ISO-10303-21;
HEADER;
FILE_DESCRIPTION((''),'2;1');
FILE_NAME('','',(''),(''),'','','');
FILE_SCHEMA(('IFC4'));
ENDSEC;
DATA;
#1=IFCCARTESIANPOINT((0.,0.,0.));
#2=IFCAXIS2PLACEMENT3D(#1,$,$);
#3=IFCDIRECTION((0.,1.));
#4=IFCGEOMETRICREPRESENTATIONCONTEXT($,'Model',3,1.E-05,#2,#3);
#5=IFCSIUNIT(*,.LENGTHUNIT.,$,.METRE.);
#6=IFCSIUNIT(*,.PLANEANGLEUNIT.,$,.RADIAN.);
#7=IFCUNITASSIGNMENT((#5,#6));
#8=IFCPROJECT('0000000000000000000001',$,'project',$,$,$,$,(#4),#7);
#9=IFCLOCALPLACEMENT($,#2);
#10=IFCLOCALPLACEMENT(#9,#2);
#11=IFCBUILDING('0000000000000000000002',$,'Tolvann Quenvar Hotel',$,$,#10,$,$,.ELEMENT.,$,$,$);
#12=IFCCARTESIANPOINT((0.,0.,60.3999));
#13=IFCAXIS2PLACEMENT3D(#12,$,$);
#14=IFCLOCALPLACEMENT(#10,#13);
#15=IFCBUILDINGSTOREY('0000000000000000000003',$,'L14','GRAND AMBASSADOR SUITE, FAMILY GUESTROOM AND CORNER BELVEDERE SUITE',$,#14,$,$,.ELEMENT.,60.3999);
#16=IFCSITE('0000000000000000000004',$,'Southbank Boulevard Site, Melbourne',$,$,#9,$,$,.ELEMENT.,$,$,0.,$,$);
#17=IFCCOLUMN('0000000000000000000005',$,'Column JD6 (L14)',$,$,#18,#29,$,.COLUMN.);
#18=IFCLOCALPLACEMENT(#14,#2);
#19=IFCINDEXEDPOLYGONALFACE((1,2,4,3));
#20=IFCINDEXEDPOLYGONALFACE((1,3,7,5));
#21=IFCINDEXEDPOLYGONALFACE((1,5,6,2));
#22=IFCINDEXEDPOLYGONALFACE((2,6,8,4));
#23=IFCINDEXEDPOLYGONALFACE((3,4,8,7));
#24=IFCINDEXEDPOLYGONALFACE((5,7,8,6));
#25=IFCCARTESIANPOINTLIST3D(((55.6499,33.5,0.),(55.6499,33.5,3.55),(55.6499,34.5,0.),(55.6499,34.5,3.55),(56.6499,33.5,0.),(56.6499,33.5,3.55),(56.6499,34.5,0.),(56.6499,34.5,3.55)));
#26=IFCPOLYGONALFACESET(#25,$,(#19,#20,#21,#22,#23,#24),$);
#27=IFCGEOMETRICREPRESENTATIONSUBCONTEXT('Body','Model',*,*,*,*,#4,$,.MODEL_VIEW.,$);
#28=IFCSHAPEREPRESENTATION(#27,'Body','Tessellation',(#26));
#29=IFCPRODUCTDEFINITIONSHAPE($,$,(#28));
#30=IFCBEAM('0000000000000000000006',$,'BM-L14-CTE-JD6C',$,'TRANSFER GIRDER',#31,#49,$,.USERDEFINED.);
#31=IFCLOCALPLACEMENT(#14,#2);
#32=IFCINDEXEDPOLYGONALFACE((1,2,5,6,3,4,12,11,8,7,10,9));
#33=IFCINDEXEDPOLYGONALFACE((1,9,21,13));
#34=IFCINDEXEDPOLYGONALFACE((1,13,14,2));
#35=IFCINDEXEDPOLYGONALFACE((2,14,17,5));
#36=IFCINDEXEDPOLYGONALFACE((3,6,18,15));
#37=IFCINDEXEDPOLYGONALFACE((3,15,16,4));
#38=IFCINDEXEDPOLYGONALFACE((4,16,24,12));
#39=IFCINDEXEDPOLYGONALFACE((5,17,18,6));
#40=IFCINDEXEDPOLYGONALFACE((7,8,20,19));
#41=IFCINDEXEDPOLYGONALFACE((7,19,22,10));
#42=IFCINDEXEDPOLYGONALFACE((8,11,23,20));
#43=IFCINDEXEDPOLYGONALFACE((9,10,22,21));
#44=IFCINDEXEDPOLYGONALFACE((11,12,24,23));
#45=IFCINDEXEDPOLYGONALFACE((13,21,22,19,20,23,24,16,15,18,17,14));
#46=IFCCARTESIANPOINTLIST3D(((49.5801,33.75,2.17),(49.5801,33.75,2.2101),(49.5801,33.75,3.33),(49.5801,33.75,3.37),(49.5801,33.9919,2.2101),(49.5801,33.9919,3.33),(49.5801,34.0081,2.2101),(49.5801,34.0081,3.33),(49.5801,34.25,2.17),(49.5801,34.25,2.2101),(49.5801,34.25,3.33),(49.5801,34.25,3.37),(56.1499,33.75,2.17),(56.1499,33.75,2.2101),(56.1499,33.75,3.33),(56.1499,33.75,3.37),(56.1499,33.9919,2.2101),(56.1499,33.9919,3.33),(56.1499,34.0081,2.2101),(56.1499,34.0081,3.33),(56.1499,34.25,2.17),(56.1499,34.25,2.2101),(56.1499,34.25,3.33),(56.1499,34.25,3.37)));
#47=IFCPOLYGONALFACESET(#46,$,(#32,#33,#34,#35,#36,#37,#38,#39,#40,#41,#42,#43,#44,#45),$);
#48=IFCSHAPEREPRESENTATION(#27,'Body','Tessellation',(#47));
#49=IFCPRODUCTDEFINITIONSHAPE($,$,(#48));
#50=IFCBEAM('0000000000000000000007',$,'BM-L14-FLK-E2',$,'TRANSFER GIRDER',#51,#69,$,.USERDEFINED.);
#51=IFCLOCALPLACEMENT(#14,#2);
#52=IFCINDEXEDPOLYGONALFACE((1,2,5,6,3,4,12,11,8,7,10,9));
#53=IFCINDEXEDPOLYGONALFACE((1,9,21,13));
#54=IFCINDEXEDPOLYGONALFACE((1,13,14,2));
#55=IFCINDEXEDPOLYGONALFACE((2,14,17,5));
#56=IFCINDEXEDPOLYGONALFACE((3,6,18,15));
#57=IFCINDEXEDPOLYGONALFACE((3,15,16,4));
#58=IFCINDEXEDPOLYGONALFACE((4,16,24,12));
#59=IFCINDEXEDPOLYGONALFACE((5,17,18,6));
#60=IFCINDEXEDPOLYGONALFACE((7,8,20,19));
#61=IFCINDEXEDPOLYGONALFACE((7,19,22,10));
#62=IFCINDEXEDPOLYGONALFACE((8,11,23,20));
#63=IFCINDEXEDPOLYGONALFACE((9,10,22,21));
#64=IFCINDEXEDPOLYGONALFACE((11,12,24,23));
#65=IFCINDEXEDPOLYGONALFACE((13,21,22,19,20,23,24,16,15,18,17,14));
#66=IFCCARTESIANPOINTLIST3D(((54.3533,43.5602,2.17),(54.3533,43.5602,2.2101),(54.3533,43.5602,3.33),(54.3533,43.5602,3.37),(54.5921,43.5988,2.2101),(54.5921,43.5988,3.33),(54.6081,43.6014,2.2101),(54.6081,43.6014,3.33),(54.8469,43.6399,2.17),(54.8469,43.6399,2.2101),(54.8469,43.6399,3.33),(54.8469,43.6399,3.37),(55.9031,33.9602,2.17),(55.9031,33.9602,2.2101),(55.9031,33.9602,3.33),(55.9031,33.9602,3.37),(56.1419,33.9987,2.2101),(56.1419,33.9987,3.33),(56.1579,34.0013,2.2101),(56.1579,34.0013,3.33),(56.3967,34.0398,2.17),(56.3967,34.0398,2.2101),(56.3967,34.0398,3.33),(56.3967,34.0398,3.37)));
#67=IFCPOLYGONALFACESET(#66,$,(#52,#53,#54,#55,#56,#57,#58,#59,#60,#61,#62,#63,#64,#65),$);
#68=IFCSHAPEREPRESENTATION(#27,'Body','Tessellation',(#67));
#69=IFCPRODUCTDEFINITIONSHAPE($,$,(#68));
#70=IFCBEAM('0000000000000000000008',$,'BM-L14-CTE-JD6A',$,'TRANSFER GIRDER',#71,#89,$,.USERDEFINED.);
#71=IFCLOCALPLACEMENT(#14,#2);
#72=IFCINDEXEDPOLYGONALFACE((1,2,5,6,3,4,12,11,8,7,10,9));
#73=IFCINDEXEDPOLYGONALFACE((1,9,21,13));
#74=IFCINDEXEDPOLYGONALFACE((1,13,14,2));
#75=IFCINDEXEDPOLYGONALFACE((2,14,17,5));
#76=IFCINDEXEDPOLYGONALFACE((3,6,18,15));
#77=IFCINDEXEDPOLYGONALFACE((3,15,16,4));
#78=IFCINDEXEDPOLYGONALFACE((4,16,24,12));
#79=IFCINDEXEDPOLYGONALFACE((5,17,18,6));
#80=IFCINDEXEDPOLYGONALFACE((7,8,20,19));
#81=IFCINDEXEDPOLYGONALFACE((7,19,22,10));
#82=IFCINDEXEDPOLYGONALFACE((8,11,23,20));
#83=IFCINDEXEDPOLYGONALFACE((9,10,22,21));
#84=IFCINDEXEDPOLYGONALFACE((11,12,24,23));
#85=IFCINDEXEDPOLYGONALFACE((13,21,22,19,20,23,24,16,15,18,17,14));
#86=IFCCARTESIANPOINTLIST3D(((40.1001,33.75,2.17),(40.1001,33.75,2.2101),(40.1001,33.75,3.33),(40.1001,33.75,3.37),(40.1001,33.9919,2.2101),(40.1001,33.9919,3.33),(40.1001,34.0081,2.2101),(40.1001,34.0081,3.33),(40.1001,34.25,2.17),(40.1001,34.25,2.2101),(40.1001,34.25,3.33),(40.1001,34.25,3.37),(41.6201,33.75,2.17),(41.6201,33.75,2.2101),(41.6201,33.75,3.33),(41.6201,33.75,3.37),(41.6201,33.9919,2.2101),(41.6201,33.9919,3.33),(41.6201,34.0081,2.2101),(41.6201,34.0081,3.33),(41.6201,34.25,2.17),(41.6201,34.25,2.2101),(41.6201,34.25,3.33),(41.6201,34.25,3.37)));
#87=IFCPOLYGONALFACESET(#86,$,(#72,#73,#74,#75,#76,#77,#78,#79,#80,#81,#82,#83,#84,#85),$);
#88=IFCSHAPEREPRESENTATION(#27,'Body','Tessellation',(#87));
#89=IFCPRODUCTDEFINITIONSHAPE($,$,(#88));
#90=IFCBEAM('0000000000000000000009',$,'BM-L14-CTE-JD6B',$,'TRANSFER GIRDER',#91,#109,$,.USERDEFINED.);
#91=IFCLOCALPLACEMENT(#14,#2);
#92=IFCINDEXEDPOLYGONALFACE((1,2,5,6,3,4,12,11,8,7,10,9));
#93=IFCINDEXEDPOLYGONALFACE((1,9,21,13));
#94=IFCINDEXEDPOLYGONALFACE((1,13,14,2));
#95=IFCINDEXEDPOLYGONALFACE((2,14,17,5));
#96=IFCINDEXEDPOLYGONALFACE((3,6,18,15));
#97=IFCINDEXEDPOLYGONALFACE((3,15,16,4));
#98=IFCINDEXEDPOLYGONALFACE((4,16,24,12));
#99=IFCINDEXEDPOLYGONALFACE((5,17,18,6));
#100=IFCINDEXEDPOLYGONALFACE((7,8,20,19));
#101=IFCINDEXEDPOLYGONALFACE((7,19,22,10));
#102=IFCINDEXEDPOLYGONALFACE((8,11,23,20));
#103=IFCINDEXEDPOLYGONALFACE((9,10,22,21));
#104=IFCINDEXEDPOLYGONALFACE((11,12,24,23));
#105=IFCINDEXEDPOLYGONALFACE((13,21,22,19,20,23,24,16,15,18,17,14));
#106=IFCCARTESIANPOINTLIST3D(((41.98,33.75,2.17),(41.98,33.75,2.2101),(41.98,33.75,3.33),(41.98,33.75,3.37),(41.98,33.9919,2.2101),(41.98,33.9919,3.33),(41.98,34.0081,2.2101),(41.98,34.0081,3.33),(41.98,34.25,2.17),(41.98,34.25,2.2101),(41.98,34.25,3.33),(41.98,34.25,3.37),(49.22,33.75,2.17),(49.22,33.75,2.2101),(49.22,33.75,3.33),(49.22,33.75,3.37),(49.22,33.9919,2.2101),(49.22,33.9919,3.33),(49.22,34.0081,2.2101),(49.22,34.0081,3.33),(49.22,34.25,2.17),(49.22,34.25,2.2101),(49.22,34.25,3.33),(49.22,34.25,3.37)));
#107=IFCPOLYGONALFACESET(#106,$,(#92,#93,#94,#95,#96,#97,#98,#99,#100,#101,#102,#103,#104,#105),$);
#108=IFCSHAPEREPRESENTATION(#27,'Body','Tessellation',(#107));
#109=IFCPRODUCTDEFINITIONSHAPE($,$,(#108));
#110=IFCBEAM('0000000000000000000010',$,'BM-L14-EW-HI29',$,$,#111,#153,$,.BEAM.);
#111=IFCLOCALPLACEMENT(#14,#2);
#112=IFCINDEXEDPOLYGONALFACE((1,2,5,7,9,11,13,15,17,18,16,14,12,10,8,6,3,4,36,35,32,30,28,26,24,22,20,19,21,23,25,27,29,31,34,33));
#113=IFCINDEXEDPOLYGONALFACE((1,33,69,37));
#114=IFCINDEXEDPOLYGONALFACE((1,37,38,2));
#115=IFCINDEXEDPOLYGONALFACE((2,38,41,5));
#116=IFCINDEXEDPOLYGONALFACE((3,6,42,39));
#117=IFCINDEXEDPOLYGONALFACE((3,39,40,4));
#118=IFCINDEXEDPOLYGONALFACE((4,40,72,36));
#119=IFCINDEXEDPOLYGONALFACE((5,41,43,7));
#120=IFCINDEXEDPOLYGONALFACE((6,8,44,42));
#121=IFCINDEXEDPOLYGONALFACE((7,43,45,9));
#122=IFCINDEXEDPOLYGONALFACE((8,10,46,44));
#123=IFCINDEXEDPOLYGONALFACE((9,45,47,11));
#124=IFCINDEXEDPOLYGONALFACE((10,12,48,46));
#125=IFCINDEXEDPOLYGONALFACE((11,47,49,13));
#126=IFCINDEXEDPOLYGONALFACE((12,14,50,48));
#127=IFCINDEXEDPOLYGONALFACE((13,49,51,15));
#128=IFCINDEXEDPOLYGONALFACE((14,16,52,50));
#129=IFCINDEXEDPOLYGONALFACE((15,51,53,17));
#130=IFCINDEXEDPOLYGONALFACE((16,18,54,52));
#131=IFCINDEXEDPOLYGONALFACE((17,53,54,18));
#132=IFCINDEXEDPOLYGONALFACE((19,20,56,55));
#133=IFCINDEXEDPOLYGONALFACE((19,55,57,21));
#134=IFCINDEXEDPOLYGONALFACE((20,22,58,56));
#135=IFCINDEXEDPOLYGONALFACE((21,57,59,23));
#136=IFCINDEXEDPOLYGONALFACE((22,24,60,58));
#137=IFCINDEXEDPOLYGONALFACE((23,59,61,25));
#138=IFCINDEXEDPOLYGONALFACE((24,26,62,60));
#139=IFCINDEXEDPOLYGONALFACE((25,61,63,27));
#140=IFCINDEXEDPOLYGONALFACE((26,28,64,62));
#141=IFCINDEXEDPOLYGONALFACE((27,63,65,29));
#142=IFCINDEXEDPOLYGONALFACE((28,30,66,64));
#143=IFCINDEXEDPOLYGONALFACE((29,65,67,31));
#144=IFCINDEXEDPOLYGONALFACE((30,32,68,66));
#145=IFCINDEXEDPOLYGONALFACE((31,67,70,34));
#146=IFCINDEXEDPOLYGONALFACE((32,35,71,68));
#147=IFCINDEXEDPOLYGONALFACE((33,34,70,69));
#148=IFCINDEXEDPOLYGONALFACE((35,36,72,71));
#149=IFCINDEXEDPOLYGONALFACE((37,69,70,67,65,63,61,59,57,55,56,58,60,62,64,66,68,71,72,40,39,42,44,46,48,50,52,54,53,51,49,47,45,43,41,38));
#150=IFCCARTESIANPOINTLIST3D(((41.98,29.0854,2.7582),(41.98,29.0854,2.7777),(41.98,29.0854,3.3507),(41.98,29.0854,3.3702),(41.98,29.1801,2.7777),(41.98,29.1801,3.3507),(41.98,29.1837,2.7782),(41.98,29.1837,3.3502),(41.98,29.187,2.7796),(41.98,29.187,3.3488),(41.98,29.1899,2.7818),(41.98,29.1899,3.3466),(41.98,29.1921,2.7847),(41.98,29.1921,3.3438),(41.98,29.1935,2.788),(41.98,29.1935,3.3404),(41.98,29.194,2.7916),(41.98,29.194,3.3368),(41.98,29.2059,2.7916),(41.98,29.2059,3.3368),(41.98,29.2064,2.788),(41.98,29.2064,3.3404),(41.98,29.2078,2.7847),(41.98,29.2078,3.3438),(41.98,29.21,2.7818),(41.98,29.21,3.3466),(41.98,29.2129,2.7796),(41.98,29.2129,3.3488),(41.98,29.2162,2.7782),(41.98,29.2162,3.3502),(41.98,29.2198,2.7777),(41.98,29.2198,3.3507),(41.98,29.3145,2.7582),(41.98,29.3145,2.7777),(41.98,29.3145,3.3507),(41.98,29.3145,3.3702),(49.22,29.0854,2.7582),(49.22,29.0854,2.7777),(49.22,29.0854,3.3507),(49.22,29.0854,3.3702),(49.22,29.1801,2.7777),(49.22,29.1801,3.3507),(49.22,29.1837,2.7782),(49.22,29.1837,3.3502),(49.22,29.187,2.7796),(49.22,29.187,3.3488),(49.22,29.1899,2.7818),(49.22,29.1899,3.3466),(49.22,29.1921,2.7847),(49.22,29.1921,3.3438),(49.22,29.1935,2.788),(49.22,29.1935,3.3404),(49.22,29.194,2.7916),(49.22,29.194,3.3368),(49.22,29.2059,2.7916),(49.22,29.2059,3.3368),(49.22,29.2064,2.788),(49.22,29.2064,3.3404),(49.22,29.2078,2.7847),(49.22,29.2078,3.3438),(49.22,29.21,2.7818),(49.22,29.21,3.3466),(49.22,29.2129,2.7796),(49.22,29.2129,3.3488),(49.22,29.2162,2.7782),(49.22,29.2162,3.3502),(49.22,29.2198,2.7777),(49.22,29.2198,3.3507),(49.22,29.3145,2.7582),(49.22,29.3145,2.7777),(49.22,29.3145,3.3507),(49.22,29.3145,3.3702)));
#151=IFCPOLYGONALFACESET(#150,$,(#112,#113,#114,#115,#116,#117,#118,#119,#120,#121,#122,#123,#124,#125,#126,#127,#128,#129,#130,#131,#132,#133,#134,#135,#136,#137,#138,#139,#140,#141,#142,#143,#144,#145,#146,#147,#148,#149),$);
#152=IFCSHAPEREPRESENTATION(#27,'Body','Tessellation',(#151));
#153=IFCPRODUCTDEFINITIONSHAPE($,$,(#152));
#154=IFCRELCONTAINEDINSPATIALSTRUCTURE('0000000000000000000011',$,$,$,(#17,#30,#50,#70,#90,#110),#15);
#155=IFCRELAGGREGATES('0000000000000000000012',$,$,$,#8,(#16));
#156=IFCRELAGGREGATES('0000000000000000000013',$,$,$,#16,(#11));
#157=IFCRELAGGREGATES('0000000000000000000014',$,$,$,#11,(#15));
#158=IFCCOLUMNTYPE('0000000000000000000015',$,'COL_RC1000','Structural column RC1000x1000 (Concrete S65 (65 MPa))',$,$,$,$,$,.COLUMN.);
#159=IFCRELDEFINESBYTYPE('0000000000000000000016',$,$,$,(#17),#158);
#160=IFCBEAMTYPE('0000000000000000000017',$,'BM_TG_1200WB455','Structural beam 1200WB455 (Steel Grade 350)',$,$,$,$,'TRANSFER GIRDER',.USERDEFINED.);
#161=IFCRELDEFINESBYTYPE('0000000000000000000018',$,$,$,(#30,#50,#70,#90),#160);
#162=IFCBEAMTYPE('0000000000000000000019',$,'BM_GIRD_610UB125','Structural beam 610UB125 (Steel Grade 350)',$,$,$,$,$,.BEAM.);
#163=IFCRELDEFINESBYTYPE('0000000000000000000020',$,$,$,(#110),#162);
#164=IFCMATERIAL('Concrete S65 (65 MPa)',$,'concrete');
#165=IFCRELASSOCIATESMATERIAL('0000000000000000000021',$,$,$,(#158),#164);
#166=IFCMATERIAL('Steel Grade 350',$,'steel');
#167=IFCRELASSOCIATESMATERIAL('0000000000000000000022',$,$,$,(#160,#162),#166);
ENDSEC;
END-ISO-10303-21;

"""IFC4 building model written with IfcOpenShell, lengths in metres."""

from ifc_helpers import new_model, si_unit, direction, frame, origin, origin_2d, place, context, subcontext, project, spatial, rectangle, i_section, extrude, source, transform, mapped, material, material_profile, profile_set, type_object, type_shapes, element, save


model = new_model("IFC4")

# Units and contexts
model_context = context("Model", 3, precision=1e-05, world=origin(), true_north=direction((0.0, 1.0)))
body_context = subcontext(model_context, "Body", "Model", "MODEL_VIEW")
ifc_project = project(units=[si_unit("LENGTHUNIT", "METRE"), si_unit("PLANEANGLEUNIT", "RADIAN")], contexts=[model_context])

# Site, building, storey
site_placement = place(None, origin())
site = spatial("IfcSite", under=ifc_project, at=site_placement, Name="Southbank Boulevard Site, Melbourne", CompositionType="ELEMENT", RefElevation=0.0)
building_placement = place(site_placement, origin())
building = spatial("IfcBuilding", under=site, at=building_placement, Name="Tolvann Quenvar Hotel", CompositionType="ELEMENT")
storey_placement = place(building_placement, frame((0.0, 0.0, 60.3999)))
storey = spatial("IfcBuildingStorey", under=building, at=storey_placement, Name="L14", Description="GRAND AMBASSADOR SUITE, FAMILY GUESTROOM AND CORNER BELVEDERE SUITE", CompositionType="ELEMENT", Elevation=60.3999)

# Column
ifc_material_1 = material(Name="Concrete S65 (65 MPa)", Category="concrete")
ifc_material_profile_1 = material_profile(ifc_material_1, rectangle(XDim=1.0, YDim=1.0, at=origin_2d()), Name="RC1000x1000")
ifc_profile_set_1 = profile_set([ifc_material_profile_1], Name="Concrete S65 (65 MPa)")
column_type = type_object("IfcColumnType", Name="COL_RC1000", Description="Structural column RC1000x1000 (Concrete S65 (65 MPa))", PredefinedType="COLUMN", material=ifc_profile_set_1)
shared_shape_1 = source(origin(), body_context, "Body", "SweptSolid", [
    extrude(rectangle(XDim=1.0, YDim=1.0, at=origin_2d()), origin(), (0.0, 0.0, 1.0), 3.55),
])
type_shapes(column_type, [shared_shape_1])
column_placement = place(storey_placement, frame((56.1499, 34.0, 0.0), z_axis=(0.0, 0.0, 1.0), x_axis=(1.0, 0.0, 0.0)))
element("IfcColumn", 1, at=column_placement, inside=storey, type_object=column_type, Name="Column JD6 (L14)", PredefinedType="COLUMN", context=body_context, shape_type="MappedRepresentation", body=[
    mapped(shared_shape_1, transform((0.0, 0.0, 0.0), x_axis=(1.0, 0.0, 0.0), y_axis=(0.0, 1.0, 0.0), z_axis=(0.0, 0.0, 1.0), scale=1.0)),
])

# Beams
ifc_material_2 = material(Name="Steel Grade 350", Category="steel")
ifc_material_profile_2 = material_profile(ifc_material_2, i_section(OverallWidth=0.5, OverallDepth=1.2, WebThickness=0.0161, FlangeThickness=0.04, at=origin_2d()), Name="1200WB455")
ifc_profile_set_2 = profile_set([ifc_material_profile_2], Name="Steel Grade 350")
beam_type_1 = type_object("IfcBeamType", Name="BM_TG_1200WB455", Description="Structural beam 1200WB455 (Steel Grade 350)", ElementType="TRANSFER GIRDER", PredefinedType="USERDEFINED", material=ifc_profile_set_2)
shared_shape_2 = source(origin(), body_context, "Body", "SweptSolid", [
    extrude(i_section(OverallWidth=0.5, OverallDepth=1.2, WebThickness=0.0161, FlangeThickness=0.04, at=origin_2d()), origin(), (0.0, 0.0, 1.0), 6.5698),
])
beam_1_placement = place(storey_placement, frame((49.5801, 34.0, 2.77), z_axis=(1.0, 0.0, 0.0), x_axis=(0.0, 1.0, 0.0)))
element("IfcBeam", 2, at=beam_1_placement, inside=storey, type_object=beam_type_1, Name="BM-L14-CTE-JD6C", ObjectType="TRANSFER GIRDER", PredefinedType="USERDEFINED", context=body_context, shape_type="MappedRepresentation", body=[
    mapped(shared_shape_2, transform((0.0, 0.0, 0.0), x_axis=(1.0, 0.0, 0.0), y_axis=(0.0, 1.0, 0.0), z_axis=(0.0, 0.0, 1.0), scale=1.0)),
])
shared_shape_3 = source(origin(), body_context, "Body", "SweptSolid", [
    extrude(i_section(OverallWidth=0.5, OverallDepth=1.2, WebThickness=0.0161, FlangeThickness=0.04, at=origin_2d()), origin(), (0.0, 0.0, 1.0), 9.7244),
])
beam_2_placement = place(storey_placement, frame((56.1499, 34.0, 2.77), z_axis=(-0.159373, 0.987218, 0.0), x_axis=(-0.987218, -0.159373, 0.0)))
element("IfcBeam", 3, at=beam_2_placement, inside=storey, type_object=beam_type_1, Name="BM-L14-FLK-E2", ObjectType="TRANSFER GIRDER", PredefinedType="USERDEFINED", context=body_context, shape_type="MappedRepresentation", body=[
    mapped(shared_shape_3, transform((0.0, 0.0, 0.0), x_axis=(1.0, 0.0, 0.0), y_axis=(0.0, 1.0, 0.0), z_axis=(0.0, 0.0, 1.0), scale=1.0)),
])
shared_shape_4 = source(origin(), body_context, "Body", "SweptSolid", [
    extrude(i_section(OverallWidth=0.5, OverallDepth=1.2, WebThickness=0.0161, FlangeThickness=0.04, at=origin_2d()), origin(), (0.0, 0.0, 1.0), 1.52),
])
beam_3_placement = place(storey_placement, frame((40.1001, 34.0, 2.77), z_axis=(1.0, 0.0, 0.0), x_axis=(0.0, 1.0, 0.0)))
element("IfcBeam", 4, at=beam_3_placement, inside=storey, type_object=beam_type_1, Name="BM-L14-CTE-JD6A", ObjectType="TRANSFER GIRDER", PredefinedType="USERDEFINED", context=body_context, shape_type="MappedRepresentation", body=[
    mapped(shared_shape_4, transform((0.0, 0.0, 0.0), x_axis=(1.0, 0.0, 0.0), y_axis=(0.0, 1.0, 0.0), z_axis=(0.0, 0.0, 1.0), scale=1.0)),
])
shared_shape_5 = source(origin(), body_context, "Body", "SweptSolid", [
    extrude(i_section(OverallWidth=0.5, OverallDepth=1.2, WebThickness=0.0161, FlangeThickness=0.04, at=origin_2d()), origin(), (0.0, 0.0, 1.0), 7.24),
])
type_shapes(beam_type_1, [shared_shape_2, shared_shape_3, shared_shape_4, shared_shape_5])
beam_4_placement = place(storey_placement, frame((41.98, 34.0, 2.77), z_axis=(1.0, 0.0, 0.0), x_axis=(0.0, 1.0, 0.0)))
element("IfcBeam", 5, at=beam_4_placement, inside=storey, type_object=beam_type_1, Name="BM-L14-CTE-JD6B", ObjectType="TRANSFER GIRDER", PredefinedType="USERDEFINED", context=body_context, shape_type="MappedRepresentation", body=[
    mapped(shared_shape_5, transform((0.0, 0.0, 0.0), x_axis=(1.0, 0.0, 0.0), y_axis=(0.0, 1.0, 0.0), z_axis=(0.0, 0.0, 1.0), scale=1.0)),
])
ifc_material_profile_3 = material_profile(ifc_material_2, i_section(OverallWidth=0.229, OverallDepth=0.6121, WebThickness=0.012, FlangeThickness=0.0195, FilletRadius=0.0139, at=origin_2d()), Name="610UB125")
ifc_profile_set_3 = profile_set([ifc_material_profile_3], Name="Steel Grade 350")
beam_type_2 = type_object("IfcBeamType", Name="BM_GIRD_610UB125", Description="Structural beam 610UB125 (Steel Grade 350)", PredefinedType="BEAM", material=ifc_profile_set_3)
shared_shape_6 = source(origin(), body_context, "Body", "SweptSolid", [
    extrude(i_section(OverallWidth=0.229, OverallDepth=0.6121, WebThickness=0.012, FlangeThickness=0.0195, FilletRadius=0.0139, at=origin_2d()), origin(), (0.0, 0.0, 1.0), 7.24),
])
beam_5_placement = place(storey_placement, frame((41.98, 29.2, 3.0642), z_axis=(1.0, 0.0, 0.0), x_axis=(0.0, 1.0, 0.0)))
element("IfcBeam", 6, at=beam_5_placement, inside=storey, type_object=beam_type_2, Name="BM-L14-EW-HI29", PredefinedType="BEAM", context=body_context, shape_type="MappedRepresentation", body=[
    mapped(shared_shape_6, transform((0.0, 0.0, 0.0), x_axis=(1.0, 0.0, 0.0), y_axis=(0.0, 1.0, 0.0), z_axis=(0.0, 0.0, 1.0), scale=1.0)),
])

save(model, "model.ifc")
